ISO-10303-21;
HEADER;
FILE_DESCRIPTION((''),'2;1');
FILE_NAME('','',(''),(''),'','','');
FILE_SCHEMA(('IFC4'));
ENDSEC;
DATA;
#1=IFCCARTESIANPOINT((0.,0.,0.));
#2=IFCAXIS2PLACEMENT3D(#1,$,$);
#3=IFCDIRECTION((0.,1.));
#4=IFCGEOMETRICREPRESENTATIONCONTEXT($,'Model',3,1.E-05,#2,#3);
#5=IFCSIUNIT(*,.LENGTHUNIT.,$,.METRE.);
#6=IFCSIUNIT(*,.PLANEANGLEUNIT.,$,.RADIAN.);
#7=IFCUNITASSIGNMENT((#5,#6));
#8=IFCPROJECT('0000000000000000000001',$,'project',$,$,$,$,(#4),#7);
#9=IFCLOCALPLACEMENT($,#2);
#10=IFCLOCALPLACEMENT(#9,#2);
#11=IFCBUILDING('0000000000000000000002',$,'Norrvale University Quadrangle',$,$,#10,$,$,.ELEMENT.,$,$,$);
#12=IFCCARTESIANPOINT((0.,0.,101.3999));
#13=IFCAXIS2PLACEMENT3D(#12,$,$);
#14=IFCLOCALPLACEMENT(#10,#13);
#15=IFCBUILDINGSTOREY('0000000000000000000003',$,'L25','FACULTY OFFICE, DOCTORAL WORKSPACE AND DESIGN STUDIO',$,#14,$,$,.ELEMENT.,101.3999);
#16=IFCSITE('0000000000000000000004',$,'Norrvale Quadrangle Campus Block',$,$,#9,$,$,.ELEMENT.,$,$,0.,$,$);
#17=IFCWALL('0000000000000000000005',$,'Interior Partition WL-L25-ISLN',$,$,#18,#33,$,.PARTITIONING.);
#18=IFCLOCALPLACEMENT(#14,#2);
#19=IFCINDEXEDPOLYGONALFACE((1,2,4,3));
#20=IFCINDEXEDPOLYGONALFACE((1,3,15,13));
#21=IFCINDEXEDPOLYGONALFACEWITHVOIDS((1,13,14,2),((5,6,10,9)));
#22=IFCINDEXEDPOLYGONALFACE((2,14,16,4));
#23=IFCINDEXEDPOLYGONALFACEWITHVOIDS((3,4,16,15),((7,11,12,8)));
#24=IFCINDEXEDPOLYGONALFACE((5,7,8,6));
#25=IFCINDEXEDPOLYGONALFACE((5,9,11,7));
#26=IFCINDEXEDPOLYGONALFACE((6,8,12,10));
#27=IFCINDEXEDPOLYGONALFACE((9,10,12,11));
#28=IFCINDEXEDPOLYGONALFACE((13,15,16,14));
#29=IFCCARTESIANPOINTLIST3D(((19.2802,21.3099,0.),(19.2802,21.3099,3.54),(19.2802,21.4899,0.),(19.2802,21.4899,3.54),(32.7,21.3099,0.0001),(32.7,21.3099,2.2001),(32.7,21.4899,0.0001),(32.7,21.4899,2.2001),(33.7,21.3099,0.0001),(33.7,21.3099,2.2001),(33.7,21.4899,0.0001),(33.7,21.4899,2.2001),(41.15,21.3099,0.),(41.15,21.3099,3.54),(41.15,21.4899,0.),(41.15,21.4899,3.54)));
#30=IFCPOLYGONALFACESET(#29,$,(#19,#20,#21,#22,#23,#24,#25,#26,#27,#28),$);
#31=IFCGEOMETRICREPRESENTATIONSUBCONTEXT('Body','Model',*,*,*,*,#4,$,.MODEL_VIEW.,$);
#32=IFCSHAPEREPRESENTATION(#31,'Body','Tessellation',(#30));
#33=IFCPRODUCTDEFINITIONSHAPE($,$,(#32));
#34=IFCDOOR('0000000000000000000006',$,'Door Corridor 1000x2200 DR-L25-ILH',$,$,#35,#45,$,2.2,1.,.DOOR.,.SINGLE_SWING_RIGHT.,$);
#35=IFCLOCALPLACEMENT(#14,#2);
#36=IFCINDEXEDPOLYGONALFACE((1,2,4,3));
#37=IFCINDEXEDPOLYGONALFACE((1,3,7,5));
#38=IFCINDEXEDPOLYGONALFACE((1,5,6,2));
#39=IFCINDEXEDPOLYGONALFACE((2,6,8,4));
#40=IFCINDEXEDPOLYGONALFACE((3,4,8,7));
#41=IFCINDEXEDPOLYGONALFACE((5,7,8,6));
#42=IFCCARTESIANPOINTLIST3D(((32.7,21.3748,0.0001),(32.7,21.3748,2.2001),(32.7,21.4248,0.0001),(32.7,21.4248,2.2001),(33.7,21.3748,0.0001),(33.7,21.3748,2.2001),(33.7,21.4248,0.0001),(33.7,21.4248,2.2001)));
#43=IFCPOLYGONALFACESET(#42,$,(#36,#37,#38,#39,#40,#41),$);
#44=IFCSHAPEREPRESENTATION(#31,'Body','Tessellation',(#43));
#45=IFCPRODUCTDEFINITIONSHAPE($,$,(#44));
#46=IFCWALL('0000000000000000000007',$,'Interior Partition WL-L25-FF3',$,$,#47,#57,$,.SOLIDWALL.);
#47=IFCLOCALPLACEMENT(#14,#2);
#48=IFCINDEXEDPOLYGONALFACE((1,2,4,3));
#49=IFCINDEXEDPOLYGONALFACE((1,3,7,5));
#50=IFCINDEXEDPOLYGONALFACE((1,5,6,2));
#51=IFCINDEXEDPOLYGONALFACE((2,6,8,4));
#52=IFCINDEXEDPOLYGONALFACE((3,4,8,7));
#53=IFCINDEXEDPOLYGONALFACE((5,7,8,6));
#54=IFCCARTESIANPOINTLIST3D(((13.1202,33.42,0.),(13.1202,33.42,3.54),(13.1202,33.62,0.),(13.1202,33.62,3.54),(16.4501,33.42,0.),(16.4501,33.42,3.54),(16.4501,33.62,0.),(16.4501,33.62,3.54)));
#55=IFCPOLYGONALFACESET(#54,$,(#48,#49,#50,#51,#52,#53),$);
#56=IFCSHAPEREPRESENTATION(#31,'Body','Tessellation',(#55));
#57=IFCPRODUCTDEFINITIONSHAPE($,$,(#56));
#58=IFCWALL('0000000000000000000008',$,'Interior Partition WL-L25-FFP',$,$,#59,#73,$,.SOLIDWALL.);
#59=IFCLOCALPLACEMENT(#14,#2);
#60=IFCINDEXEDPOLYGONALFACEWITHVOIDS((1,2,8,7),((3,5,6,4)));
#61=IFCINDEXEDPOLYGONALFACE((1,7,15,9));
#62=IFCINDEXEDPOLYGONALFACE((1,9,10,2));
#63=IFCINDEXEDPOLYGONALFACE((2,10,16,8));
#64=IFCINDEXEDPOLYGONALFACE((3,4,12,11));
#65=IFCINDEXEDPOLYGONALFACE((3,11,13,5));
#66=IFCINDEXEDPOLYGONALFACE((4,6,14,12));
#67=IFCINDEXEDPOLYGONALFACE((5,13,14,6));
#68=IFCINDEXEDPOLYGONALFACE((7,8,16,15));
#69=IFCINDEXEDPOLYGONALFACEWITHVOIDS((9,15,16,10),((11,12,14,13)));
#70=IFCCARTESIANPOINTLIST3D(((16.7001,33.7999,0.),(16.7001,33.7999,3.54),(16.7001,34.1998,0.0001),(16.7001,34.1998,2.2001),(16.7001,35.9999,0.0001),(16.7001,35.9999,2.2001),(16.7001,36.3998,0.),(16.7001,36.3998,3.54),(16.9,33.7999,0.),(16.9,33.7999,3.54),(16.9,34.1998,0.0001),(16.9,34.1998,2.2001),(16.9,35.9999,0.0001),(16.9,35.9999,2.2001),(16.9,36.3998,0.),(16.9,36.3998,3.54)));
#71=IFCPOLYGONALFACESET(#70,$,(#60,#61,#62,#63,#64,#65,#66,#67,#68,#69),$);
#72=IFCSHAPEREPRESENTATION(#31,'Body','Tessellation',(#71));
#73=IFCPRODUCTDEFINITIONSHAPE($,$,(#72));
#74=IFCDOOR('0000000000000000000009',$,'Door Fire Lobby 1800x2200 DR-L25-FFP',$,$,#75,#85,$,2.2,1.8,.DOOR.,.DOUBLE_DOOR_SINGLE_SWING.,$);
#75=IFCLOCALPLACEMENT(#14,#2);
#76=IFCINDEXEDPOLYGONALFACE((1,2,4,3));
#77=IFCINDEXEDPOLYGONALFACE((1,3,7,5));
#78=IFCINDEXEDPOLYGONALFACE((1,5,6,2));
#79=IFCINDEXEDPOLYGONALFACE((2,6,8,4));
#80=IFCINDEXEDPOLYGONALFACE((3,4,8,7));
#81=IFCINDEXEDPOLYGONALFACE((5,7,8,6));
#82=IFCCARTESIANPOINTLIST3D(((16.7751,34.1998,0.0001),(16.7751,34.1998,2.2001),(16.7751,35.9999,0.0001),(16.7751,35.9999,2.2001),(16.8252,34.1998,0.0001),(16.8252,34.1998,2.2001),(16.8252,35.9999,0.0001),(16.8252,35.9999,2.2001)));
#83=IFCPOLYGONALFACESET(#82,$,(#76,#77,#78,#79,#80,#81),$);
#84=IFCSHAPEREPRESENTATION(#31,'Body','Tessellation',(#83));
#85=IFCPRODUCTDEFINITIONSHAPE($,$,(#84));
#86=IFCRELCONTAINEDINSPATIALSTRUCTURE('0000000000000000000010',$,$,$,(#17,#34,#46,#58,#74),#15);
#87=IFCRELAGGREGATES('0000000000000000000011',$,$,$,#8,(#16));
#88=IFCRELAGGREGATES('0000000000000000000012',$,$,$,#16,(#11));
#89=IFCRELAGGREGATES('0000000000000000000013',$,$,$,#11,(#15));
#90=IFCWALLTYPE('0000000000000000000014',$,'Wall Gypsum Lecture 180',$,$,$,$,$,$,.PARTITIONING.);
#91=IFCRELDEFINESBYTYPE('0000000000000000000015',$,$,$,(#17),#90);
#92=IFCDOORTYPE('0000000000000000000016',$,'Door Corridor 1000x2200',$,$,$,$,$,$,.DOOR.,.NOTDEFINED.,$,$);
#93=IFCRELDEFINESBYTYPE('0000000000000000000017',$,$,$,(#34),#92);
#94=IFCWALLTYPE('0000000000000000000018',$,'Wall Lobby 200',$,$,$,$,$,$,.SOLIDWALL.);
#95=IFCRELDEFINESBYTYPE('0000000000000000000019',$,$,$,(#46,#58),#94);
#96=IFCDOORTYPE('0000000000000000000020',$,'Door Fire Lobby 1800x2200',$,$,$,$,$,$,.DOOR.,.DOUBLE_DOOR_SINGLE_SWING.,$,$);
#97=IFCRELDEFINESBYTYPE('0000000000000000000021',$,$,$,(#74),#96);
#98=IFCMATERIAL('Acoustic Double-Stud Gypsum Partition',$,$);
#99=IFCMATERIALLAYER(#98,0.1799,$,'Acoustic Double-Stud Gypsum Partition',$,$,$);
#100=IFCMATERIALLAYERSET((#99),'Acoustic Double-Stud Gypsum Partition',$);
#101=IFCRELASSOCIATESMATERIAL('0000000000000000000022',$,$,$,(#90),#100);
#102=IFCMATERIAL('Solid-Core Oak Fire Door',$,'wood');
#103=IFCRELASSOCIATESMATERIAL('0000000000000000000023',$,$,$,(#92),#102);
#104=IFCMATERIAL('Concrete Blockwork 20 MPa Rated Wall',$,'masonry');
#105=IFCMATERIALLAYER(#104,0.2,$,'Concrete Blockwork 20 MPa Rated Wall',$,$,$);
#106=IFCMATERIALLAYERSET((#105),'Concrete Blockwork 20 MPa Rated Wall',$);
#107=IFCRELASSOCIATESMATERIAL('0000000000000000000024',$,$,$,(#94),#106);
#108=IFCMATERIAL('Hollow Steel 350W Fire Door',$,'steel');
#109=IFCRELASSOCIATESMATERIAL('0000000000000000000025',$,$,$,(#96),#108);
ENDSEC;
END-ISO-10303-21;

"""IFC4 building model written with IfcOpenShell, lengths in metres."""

from ifc_helpers import new_model, si_unit, direction, frame, frame_2d, origin, place, context, subcontext, project, spatial, rectangle, extrude, material, layer, layer_set, type_object, element, fill, save


model = new_model("IFC4")

# Units and contexts
model_context = context("Model", 3, precision=1e-05, world=origin(), true_north=direction((0.0, 1.0)))
body_context = subcontext(model_context, "Body", "Model", "MODEL_VIEW")
ifc_project = project(units=[si_unit("LENGTHUNIT", "METRE"), si_unit("PLANEANGLEUNIT", "RADIAN")], contexts=[model_context])

# Site, building, storey
site_placement = place(None, origin())
site = spatial("IfcSite", under=ifc_project, at=site_placement, Name="Norrvale Quadrangle Campus Block", CompositionType="ELEMENT", RefElevation=0.0)
building_placement = place(site_placement, origin())
building = spatial("IfcBuilding", under=site, at=building_placement, Name="Norrvale University Quadrangle", CompositionType="ELEMENT")
storey_placement = place(building_placement, frame((0.0, 0.0, 101.3999)))
storey = spatial("IfcBuildingStorey", under=building, at=storey_placement, Name="L25", Description="FACULTY OFFICE, DOCTORAL WORKSPACE AND DESIGN STUDIO", CompositionType="ELEMENT", Elevation=101.3999)

# Wall, opening, door
ifc_material_1 = material(Name="Acoustic Double-Stud Gypsum Partition")
ifc_layer_1 = layer(ifc_material_1, 0.1799, Name="Acoustic Double-Stud Gypsum Partition")
ifc_layer_set_1 = layer_set([ifc_layer_1], Name="Acoustic Double-Stud Gypsum Partition")
wall_type_1 = type_object("IfcWallType", Name="Wall Gypsum Lecture 180", PredefinedType="PARTITIONING", material=ifc_layer_set_1)
wall_1_placement = place(storey_placement, frame((19.28, 21.3999, 0.0), z_axis=(0.0, 0.0, 1.0), x_axis=(1.0, 0.0, 0.0)))
wall_1 = element("IfcWall", 1, at=wall_1_placement, inside=storey, type_object=wall_type_1, Name="Interior Partition WL-L25-ISLN", PredefinedType="PARTITIONING", context=body_context, shape_type="SweptSolid", body=[
    extrude(rectangle(XDim=21.8699, YDim=0.1799, at=frame_2d((10.9351, 0.0))), origin(), (0.0, 0.0, 1.0), 3.54),
])
opening_1_placement = place(wall_1_placement, frame((13.4199, 0.0, 0.0)))
opening_1 = element("IfcOpeningElement", 2, at=opening_1_placement, cuts=wall_1, PredefinedType="OPENING", context=body_context, shape_type="SweptSolid", body=[
    extrude(rectangle(XDim=1.0, YDim=2.2, at=frame_2d((0.5, 1.1001))), frame((0.0, 0.1021, 0.0), z_axis=(0.0, -1.0, 0.0), x_axis=(1.0, 0.0, 0.0)), (0.0, 0.0, 1.0), 0.2039),
])
ifc_material_2 = material(Name="Solid-Core Oak Fire Door", Category="wood")
door_type_1 = type_object("IfcDoorType", Name="Door Corridor 1000x2200", OperationType="NOTDEFINED", PredefinedType="DOOR", material=ifc_material_2)
door_1_placement = place(opening_1_placement, origin())
door_1 = element("IfcDoor", 3, at=door_1_placement, inside=storey, type_object=door_type_1, Name="Door Corridor 1000x2200 DR-L25-ILH", OperationType="SINGLE_SWING_RIGHT", OverallHeight=2.2, OverallWidth=1.0, PredefinedType="DOOR", context=body_context, shape_type="SweptSolid", body=[
    extrude(rectangle(XDim=1.0, YDim=2.2, at=frame_2d((0.5, 1.1001))), frame((0.0, 0.0249, 0.0), z_axis=(0.0, -1.0, 0.0), x_axis=(1.0, 0.0, 0.0)), (0.0, 0.0, 1.0), 0.05),
])
fill(opening_1, door_1)

# Wall
ifc_material_3 = material(Name="Concrete Blockwork 20 MPa Rated Wall", Category="masonry")
ifc_layer_2 = layer(ifc_material_3, 0.2, Name="Concrete Blockwork 20 MPa Rated Wall")
ifc_layer_set_2 = layer_set([ifc_layer_2], Name="Concrete Blockwork 20 MPa Rated Wall")
wall_type_2 = type_object("IfcWallType", Name="Wall Lobby 200", PredefinedType="SOLIDWALL", material=ifc_layer_set_2)
wall_2_placement = place(storey_placement, frame((13.1201, 33.52, 0.0), z_axis=(0.0, 0.0, 1.0), x_axis=(1.0, 0.0, 0.0)))
element("IfcWall", 4, at=wall_2_placement, inside=storey, type_object=wall_type_2, Name="Interior Partition WL-L25-FF3", PredefinedType="SOLIDWALL", context=body_context, shape_type="SweptSolid", body=[
    extrude(rectangle(XDim=3.3298, YDim=0.2, at=frame_2d((1.665, 0.0))), origin(), (0.0, 0.0, 1.0), 3.54),
])

# Wall, opening, door
wall_3_placement = place(storey_placement, frame((16.8, 33.8, 0.0), z_axis=(0.0, 0.0, 1.0), x_axis=(0.0, 1.0, 0.0)))
wall_3 = element("IfcWall", 5, at=wall_3_placement, inside=storey, type_object=wall_type_2, Name="Interior Partition WL-L25-FFP", PredefinedType="SOLIDWALL", context=body_context, shape_type="SweptSolid", body=[
    extrude(rectangle(XDim=2.5999, YDim=0.2, at=frame_2d((1.2998, 0.0))), origin(), (0.0, 0.0, 1.0), 3.54),
])
opening_2_placement = place(wall_3_placement, frame((0.3999, 0.0, 0.0)))
opening_2 = element("IfcOpeningElement", 6, at=opening_2_placement, cuts=wall_3, PredefinedType="OPENING", context=body_context, shape_type="SweptSolid", body=[
    extrude(rectangle(XDim=1.8, YDim=2.2, at=frame_2d((0.8999, 1.1001))), frame((0.0, 0.1121, 0.0), z_axis=(0.0, -1.0, 0.0), x_axis=(1.0, 0.0, 0.0)), (0.0, 0.0, 1.0), 0.2239),
])
ifc_material_4 = material(Name="Hollow Steel 350W Fire Door", Category="steel")
door_type_2 = type_object("IfcDoorType", Name="Door Fire Lobby 1800x2200", OperationType="DOUBLE_DOOR_SINGLE_SWING", PredefinedType="DOOR", material=ifc_material_4)
door_2_placement = place(opening_2_placement, origin())
door_2 = element("IfcDoor", 7, at=door_2_placement, inside=storey, type_object=door_type_2, Name="Door Fire Lobby 1800x2200 DR-L25-FFP", OperationType="DOUBLE_DOOR_SINGLE_SWING", OverallHeight=2.2, OverallWidth=1.8, PredefinedType="DOOR", context=body_context, shape_type="SweptSolid", body=[
    extrude(rectangle(XDim=1.8, YDim=2.2, at=frame_2d((0.8999, 1.1001))), frame((0.0, 0.0249, 0.0), z_axis=(0.0, -1.0, 0.0), x_axis=(1.0, 0.0, 0.0)), (0.0, 0.0, 1.0), 0.05),
])
fill(opening_2, door_2)

save(model, "model.ifc")
